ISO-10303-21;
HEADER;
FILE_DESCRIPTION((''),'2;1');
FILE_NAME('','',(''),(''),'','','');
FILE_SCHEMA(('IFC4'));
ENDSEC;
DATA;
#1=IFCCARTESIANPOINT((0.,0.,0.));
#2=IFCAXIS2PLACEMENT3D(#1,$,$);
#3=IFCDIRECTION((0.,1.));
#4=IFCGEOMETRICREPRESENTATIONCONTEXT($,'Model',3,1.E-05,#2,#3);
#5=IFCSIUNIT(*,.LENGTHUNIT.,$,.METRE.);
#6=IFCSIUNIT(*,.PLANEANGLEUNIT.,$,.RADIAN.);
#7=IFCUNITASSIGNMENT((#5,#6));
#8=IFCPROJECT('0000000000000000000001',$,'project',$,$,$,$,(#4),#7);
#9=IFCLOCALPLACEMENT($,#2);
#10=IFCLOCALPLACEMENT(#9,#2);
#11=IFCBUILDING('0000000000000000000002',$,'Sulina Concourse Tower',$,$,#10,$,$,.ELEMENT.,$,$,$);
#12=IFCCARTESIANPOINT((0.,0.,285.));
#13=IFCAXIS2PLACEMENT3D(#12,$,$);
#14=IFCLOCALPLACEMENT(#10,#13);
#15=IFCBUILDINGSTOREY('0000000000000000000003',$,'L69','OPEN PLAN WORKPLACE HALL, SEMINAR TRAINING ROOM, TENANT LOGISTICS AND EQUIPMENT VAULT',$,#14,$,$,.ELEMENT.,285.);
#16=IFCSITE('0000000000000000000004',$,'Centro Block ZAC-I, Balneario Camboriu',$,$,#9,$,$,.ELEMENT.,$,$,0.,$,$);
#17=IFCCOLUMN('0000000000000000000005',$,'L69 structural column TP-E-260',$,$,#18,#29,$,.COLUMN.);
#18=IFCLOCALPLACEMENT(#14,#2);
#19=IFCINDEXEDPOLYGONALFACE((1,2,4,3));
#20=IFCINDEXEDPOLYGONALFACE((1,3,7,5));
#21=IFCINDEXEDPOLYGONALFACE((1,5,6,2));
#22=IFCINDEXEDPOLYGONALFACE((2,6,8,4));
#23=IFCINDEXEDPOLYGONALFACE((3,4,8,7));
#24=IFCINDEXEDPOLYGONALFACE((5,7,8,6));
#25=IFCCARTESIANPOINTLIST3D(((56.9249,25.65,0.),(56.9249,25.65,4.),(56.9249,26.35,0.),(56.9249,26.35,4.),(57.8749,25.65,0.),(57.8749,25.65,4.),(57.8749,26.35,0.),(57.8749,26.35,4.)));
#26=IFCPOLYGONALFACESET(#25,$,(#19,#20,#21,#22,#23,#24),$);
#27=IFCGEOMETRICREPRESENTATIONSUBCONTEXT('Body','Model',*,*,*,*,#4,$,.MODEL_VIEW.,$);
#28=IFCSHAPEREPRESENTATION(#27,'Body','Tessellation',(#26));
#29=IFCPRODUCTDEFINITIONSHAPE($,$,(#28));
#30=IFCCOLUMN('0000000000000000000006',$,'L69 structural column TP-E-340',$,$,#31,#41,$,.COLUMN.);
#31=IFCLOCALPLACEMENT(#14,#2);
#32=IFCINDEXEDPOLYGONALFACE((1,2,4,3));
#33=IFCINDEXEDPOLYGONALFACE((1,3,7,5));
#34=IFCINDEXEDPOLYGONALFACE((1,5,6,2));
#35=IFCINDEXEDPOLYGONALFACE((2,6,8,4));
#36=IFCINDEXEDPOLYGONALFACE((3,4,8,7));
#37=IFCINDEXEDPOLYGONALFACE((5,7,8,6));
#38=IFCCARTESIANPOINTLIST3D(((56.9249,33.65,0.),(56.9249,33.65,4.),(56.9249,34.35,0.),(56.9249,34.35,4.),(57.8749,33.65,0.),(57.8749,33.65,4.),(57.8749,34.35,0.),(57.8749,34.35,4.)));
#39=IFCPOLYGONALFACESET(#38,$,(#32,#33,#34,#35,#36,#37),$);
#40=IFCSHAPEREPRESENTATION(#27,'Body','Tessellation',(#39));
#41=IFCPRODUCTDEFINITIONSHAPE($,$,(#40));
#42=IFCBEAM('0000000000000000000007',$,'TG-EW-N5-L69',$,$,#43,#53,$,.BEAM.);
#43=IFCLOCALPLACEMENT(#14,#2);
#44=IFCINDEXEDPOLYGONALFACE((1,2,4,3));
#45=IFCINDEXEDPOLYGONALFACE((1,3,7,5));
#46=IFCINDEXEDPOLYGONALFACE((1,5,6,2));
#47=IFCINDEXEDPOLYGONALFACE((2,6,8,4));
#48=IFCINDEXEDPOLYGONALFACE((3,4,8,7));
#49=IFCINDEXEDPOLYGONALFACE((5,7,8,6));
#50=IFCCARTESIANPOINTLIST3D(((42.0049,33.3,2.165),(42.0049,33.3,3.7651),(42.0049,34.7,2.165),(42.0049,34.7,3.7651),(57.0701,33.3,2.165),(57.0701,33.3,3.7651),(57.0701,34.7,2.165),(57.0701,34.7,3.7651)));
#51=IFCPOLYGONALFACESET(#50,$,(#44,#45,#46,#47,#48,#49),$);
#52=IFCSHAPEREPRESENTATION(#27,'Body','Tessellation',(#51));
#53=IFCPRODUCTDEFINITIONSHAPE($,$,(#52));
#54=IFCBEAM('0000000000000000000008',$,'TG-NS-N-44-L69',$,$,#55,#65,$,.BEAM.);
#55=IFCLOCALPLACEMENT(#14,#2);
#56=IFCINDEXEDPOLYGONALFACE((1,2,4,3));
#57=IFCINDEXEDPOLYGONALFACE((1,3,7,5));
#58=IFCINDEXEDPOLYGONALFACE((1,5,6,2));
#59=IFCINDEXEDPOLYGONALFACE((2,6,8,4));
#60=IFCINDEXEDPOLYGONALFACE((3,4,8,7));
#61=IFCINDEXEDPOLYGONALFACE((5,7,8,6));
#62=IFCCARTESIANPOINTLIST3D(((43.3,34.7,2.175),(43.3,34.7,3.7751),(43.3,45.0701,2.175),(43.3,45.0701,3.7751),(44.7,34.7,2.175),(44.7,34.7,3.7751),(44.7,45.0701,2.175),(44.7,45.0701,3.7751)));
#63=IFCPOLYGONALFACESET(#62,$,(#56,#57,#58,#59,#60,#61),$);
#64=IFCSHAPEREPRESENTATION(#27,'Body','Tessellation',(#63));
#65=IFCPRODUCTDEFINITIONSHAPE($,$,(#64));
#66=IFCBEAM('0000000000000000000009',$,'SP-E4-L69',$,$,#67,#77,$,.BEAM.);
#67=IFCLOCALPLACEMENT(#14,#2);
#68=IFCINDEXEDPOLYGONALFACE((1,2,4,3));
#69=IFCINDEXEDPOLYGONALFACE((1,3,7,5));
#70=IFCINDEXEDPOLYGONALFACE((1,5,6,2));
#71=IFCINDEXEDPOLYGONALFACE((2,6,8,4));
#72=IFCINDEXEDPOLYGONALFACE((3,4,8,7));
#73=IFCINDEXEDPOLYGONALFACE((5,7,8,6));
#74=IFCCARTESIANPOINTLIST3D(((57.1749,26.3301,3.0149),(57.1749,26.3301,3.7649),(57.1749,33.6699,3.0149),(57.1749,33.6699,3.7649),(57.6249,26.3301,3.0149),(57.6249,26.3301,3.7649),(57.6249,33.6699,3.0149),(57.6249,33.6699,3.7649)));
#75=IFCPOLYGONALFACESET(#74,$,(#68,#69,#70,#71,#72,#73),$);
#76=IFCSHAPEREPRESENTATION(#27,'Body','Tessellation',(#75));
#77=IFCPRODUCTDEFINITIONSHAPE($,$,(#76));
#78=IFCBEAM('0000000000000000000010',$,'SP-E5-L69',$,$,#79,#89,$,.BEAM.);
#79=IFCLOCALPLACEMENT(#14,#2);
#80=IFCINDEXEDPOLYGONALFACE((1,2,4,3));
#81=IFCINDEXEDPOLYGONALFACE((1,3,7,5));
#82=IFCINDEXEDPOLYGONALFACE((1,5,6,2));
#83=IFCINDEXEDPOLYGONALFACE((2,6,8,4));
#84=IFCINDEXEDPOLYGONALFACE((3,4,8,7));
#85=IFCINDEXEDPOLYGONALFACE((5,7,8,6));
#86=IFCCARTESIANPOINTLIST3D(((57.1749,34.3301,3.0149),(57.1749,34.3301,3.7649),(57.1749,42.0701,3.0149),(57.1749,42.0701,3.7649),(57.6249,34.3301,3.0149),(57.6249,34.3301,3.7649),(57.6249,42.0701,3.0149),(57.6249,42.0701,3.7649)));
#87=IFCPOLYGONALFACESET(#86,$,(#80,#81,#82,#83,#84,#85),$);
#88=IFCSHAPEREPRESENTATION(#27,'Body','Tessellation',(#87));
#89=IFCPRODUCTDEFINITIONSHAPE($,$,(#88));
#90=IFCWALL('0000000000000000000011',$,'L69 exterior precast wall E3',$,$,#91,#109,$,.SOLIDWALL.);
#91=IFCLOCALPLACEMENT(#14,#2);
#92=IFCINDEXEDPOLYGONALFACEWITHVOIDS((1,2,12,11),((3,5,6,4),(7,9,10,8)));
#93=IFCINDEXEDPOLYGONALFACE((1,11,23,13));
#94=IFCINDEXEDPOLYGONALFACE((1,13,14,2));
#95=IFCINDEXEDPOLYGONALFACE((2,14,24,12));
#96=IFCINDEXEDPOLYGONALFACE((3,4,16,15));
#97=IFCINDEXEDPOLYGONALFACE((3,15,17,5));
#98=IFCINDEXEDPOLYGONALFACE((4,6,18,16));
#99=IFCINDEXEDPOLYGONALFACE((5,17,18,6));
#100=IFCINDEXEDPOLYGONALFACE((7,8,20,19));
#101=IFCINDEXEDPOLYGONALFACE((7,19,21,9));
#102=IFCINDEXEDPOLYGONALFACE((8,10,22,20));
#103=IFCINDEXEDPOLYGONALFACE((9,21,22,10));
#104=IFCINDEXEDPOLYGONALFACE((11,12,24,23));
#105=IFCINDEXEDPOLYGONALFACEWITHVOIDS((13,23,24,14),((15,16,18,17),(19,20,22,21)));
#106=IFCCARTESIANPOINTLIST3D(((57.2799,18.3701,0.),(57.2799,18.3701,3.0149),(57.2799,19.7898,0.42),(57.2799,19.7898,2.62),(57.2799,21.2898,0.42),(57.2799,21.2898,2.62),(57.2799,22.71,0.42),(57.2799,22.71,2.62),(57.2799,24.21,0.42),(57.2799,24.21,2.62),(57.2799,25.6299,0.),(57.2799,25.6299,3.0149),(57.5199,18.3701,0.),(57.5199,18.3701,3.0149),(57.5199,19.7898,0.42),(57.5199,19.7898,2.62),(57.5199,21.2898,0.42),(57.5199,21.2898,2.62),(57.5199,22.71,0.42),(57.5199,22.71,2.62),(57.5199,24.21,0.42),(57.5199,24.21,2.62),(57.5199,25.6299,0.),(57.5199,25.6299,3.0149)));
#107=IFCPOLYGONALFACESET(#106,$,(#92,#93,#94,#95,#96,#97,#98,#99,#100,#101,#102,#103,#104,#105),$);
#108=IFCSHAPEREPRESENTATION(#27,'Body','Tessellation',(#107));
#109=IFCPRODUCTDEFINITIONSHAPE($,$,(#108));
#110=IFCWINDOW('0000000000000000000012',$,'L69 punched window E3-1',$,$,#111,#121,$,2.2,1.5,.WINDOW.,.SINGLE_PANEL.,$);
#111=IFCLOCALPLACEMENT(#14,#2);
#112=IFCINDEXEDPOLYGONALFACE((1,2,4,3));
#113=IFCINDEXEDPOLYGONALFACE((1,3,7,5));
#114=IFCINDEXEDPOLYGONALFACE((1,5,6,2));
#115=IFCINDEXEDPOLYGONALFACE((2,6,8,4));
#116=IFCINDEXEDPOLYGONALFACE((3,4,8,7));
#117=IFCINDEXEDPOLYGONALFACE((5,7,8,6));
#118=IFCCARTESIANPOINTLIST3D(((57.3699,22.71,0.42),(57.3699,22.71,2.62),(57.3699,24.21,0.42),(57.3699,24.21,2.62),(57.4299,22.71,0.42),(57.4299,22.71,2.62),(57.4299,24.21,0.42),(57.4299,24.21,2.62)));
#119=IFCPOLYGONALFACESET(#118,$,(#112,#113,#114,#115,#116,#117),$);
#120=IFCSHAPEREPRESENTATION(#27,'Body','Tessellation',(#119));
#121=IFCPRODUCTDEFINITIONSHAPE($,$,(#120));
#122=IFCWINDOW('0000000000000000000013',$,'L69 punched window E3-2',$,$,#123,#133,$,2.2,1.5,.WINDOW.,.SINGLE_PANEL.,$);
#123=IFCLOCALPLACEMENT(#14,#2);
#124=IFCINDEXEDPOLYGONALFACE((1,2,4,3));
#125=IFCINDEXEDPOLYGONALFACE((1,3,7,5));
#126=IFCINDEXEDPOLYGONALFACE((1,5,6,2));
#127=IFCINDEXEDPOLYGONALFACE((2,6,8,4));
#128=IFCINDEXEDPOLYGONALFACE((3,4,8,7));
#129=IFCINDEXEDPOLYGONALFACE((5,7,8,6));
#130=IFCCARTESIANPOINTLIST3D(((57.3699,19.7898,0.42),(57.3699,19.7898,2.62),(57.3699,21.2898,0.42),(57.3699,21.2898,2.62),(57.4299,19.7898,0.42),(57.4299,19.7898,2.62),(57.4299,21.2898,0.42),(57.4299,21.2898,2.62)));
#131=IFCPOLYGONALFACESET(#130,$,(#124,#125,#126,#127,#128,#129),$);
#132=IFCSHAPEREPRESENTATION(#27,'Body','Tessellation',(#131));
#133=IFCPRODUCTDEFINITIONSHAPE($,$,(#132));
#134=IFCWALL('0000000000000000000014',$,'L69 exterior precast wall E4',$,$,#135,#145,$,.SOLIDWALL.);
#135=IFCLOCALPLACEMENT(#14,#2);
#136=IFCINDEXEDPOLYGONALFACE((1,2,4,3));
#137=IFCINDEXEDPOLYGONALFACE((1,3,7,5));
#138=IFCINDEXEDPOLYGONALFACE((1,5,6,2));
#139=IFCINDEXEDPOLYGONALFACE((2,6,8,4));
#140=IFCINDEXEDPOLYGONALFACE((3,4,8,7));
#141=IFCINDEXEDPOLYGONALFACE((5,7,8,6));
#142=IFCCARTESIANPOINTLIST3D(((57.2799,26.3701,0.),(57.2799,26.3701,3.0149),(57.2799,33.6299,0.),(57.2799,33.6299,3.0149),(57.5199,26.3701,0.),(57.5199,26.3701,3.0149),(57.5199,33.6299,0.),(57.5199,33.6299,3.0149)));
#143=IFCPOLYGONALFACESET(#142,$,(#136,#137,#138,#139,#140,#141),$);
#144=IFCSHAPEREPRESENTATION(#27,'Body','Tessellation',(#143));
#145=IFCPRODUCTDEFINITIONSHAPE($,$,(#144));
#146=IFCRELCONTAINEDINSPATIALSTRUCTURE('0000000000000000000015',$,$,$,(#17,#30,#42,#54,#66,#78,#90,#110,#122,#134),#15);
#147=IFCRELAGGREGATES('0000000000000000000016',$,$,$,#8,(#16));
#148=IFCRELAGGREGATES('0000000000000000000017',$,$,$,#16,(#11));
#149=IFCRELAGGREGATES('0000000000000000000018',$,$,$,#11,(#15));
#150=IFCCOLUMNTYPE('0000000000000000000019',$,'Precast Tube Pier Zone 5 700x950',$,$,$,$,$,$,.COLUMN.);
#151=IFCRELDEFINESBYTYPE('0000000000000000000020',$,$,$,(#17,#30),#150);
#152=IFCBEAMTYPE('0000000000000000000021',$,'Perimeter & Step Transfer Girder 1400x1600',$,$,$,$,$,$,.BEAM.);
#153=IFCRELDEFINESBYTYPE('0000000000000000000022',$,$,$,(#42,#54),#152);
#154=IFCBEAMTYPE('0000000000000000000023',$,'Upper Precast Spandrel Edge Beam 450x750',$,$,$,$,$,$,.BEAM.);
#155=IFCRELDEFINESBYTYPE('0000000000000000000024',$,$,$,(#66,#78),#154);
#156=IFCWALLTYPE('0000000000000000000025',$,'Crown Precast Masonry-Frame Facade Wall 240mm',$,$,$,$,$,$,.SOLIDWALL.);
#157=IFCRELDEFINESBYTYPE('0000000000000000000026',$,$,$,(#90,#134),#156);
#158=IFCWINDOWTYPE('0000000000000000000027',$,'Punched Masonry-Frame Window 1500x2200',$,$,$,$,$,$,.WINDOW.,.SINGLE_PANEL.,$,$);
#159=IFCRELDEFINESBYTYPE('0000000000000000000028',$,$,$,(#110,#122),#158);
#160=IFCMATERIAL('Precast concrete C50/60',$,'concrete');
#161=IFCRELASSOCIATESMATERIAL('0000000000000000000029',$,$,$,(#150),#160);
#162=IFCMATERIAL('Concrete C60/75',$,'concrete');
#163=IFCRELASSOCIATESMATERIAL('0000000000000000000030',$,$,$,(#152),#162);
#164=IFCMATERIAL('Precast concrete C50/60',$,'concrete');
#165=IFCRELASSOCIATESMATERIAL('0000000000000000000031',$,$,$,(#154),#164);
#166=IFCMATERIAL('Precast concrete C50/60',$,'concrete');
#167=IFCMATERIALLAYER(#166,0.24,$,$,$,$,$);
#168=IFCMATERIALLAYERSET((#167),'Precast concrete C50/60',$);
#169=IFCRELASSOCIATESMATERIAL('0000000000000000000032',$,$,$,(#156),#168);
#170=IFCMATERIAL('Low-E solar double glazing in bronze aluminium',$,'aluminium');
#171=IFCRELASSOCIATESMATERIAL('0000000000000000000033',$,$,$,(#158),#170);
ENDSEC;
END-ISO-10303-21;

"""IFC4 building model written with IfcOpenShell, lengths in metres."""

from ifc_helpers import new_model, si_unit, direction, frame, frame_2d, origin, origin_2d, place, context, subcontext, project, spatial, rectangle, extrude, material, layer, layer_set, material_profile, profile_set, type_object, element, fill, save


model = new_model("IFC4")

# Units and contexts
model_context = context("Model", 3, precision=1e-05, world=origin(), true_north=direction((0.0, 1.0)))
body_context = subcontext(model_context, "Body", "Model", "MODEL_VIEW")
ifc_project = project(units=[si_unit("LENGTHUNIT", "METRE"), si_unit("PLANEANGLEUNIT", "RADIAN")], contexts=[model_context])

# Site, building, storey
site_placement = place(None, origin())
site = spatial("IfcSite", under=ifc_project, at=site_placement, Name="Centro Block ZAC-I, Balneario Camboriu", CompositionType="ELEMENT", RefElevation=0.0)
building_placement = place(site_placement, origin())
building = spatial("IfcBuilding", under=site, at=building_placement, Name="Sulina Concourse Tower", CompositionType="ELEMENT")
storey_placement = place(building_placement, frame((0.0, 0.0, 285.0)))
storey = spatial("IfcBuildingStorey", under=building, at=storey_placement, Name="L69", Description="OPEN PLAN WORKPLACE HALL, SEMINAR TRAINING ROOM, TENANT LOGISTICS AND EQUIPMENT VAULT", CompositionType="ELEMENT", Elevation=285.0)

# Columns
ifc_material_1 = material(Name="Precast concrete C50/60", Category="concrete")
ifc_material_profile_1 = material_profile(ifc_material_1, rectangle(XDim=0.7, YDim=0.95, at=origin_2d()), Name="PC 700x950")
ifc_profile_set_1 = profile_set([ifc_material_profile_1], Name="Precast concrete C50/60")
column_type = type_object("IfcColumnType", Name="Precast Tube Pier Zone 5 700x950", PredefinedType="COLUMN", material=ifc_profile_set_1)
for number, where, z_axis, x_axis, name in (
    (1, (57.3999, 26.0, 0.0), (0.0, 0.0, 1.0), (0.0, 1.0, 0.0), "L69 structural column TP-E-260"),
    (2, (57.3999, 34.0, 0.0), (0.0, 0.0, 1.0), (0.0, 1.0, 0.0), "L69 structural column TP-E-340"),
):
    element("IfcColumn", number, at=place(storey_placement, frame(where, z_axis=z_axis, x_axis=x_axis)), inside=storey, type_object=column_type, Name=name, PredefinedType="COLUMN", context=body_context, shape_type="SweptSolid", body=[
        extrude(rectangle(XDim=0.7, YDim=0.95, at=origin_2d()), origin(), (0.0, 0.0, 1.0), 4.0),
    ])

# Beams
ifc_material_2 = material(Name="Concrete C60/75", Category="concrete")
ifc_material_profile_2 = material_profile(ifc_material_2, rectangle(XDim=1.3999, YDim=1.6001, at=origin_2d()), Name="RC 1400x1600")
ifc_profile_set_2 = profile_set([ifc_material_profile_2], Name="Concrete C60/75")
beam_type_1 = type_object("IfcBeamType", Name="Perimeter & Step Transfer Girder 1400x1600", PredefinedType="BEAM", material=ifc_profile_set_2)
beam_1_placement = place(storey_placement, frame((42.0049, 34.0, 2.9651), z_axis=(1.0, 0.0, 0.0), x_axis=(0.0, 1.0, 0.0)))
element("IfcBeam", 3, at=beam_1_placement, inside=storey, type_object=beam_type_1, Name="TG-EW-N5-L69", PredefinedType="BEAM", context=body_context, shape_type="SweptSolid", body=[
    extrude(rectangle(XDim=1.3999, YDim=1.6001, at=origin_2d()), origin(), (0.0, 0.0, 1.0), 15.0652),
])
beam_2_placement = place(storey_placement, frame((44.0, 34.7, 2.9751), z_axis=(0.0, 1.0, 0.0), x_axis=(-1.0, 0.0, 0.0)))
element("IfcBeam", 4, at=beam_2_placement, inside=storey, type_object=beam_type_1, Name="TG-NS-N-44-L69", PredefinedType="BEAM", context=body_context, shape_type="SweptSolid", body=[
    extrude(rectangle(XDim=1.3999, YDim=1.6001, at=origin_2d()), origin(), (0.0, 0.0, 1.0), 10.3701),
])
ifc_material_3 = material(Name="Precast concrete C50/60", Category="concrete")
ifc_material_profile_3 = material_profile(ifc_material_3, rectangle(XDim=0.45, YDim=0.75, at=origin_2d()), Name="RC 450x750")
ifc_profile_set_3 = profile_set([ifc_material_profile_3], Name="Precast concrete C50/60")
beam_type_2 = type_object("IfcBeamType", Name="Upper Precast Spandrel Edge Beam 450x750", PredefinedType="BEAM", material=ifc_profile_set_3)
beam_3_placement = place(storey_placement, frame((57.3999, 26.3301, 3.3899), z_axis=(0.0, 1.0, 0.0), x_axis=(-1.0, 0.0, 0.0)))
element("IfcBeam", 5, at=beam_3_placement, inside=storey, type_object=beam_type_2, Name="SP-E4-L69", PredefinedType="BEAM", context=body_context, shape_type="SweptSolid", body=[
    extrude(rectangle(XDim=0.45, YDim=0.75, at=origin_2d()), origin(), (0.0, 0.0, 1.0), 7.3398),
])
beam_4_placement = place(storey_placement, frame((57.3999, 34.3301, 3.3899), z_axis=(0.0, 1.0, 0.0), x_axis=(-1.0, 0.0, 0.0)))
element("IfcBeam", 6, at=beam_4_placement, inside=storey, type_object=beam_type_2, Name="SP-E5-L69", PredefinedType="BEAM", context=body_context, shape_type="SweptSolid", body=[
    extrude(rectangle(XDim=0.45, YDim=0.75, at=origin_2d()), origin(), (0.0, 0.0, 1.0), 7.74),
])

# Wall, openings, windows
ifc_material_4 = material(Name="Precast concrete C50/60", Category="concrete")
ifc_layer_1 = layer(ifc_material_4, 0.24)
ifc_layer_set_1 = layer_set([ifc_layer_1], Name="Precast concrete C50/60")
wall_type_1 = type_object("IfcWallType", Name="Crown Precast Masonry-Frame Facade Wall 240mm", PredefinedType="SOLIDWALL", material=ifc_layer_set_1)
wall_1_placement = place(storey_placement, frame((57.3999, 25.6299, 0.0), z_axis=(0.0, 0.0, 1.0), x_axis=(0.0, -1.0, 0.0)))
wall_1 = element("IfcWall", 7, at=wall_1_placement, inside=storey, type_object=wall_type_1, Name="L69 exterior precast wall E3", PredefinedType="SOLIDWALL", context=body_context, shape_type="SweptSolid", body=[
    extrude(rectangle(XDim=7.2598, YDim=0.24, at=frame_2d((3.6299, 0.0))), origin(), (0.0, 0.0, 1.0), 3.0149),
])
opening_1_placement = place(wall_1_placement, frame((1.4199, 0.0, 0.4199)))
opening_1 = element("IfcOpeningElement", 8, at=opening_1_placement, cuts=wall_1, PredefinedType="OPENING", context=body_context, shape_type="SweptSolid", body=[
    extrude(rectangle(XDim=1.5, YDim=2.2, at=frame_2d((0.75, 1.1001))), frame((0.0, 0.1299, 0.0), z_axis=(0.0, -1.0, 0.0), x_axis=(1.0, 0.0, 0.0)), (0.0, 0.0, 1.0), 0.26),
])
opening_2_placement = place(wall_1_placement, frame((4.3401, 0.0, 0.4199)))
opening_2 = element("IfcOpeningElement", 9, at=opening_2_placement, cuts=wall_1, PredefinedType="OPENING", context=body_context, shape_type="SweptSolid", body=[
    extrude(rectangle(XDim=1.5, YDim=2.2, at=frame_2d((0.75, 1.1001))), frame((0.0, 0.1299, 0.0), z_axis=(0.0, -1.0, 0.0), x_axis=(1.0, 0.0, 0.0)), (0.0, 0.0, 1.0), 0.26),
])
ifc_material_5 = material(Name="Low-E solar double glazing in bronze aluminium", Category="aluminium")
window_type = type_object("IfcWindowType", Name="Punched Masonry-Frame Window 1500x2200", PartitioningType="SINGLE_PANEL", PredefinedType="WINDOW", material=ifc_material_5)
window_1_placement = place(opening_1_placement, origin())
window_1 = element("IfcWindow", 10, at=window_1_placement, inside=storey, type_object=window_type, Name="L69 punched window E3-1", OverallHeight=2.2, OverallWidth=1.5, PartitioningType="SINGLE_PANEL", PredefinedType="WINDOW", context=body_context, shape_type="SweptSolid", body=[
    extrude(rectangle(XDim=1.5, YDim=2.2, at=frame_2d((0.75, 1.1001))), frame((0.0, 0.03, 0.0), z_axis=(0.0, -1.0, 0.0), x_axis=(1.0, 0.0, 0.0)), (0.0, 0.0, 1.0), 0.0601),
])
fill(opening_1, window_1)
window_2_placement = place(opening_2_placement, origin())
window_2 = element("IfcWindow", 11, at=window_2_placement, inside=storey, type_object=window_type, Name="L69 punched window E3-2", OverallHeight=2.2, OverallWidth=1.5, PartitioningType="SINGLE_PANEL", PredefinedType="WINDOW", context=body_context, shape_type="SweptSolid", body=[
    extrude(rectangle(XDim=1.5, YDim=2.2, at=frame_2d((0.75, 1.1001))), frame((0.0, 0.03, 0.0), z_axis=(0.0, -1.0, 0.0), x_axis=(1.0, 0.0, 0.0)), (0.0, 0.0, 1.0), 0.0601),
])
fill(opening_2, window_2)

# Wall
wall_2_placement = place(storey_placement, frame((57.3999, 33.6299, 0.0), z_axis=(0.0, 0.0, 1.0), x_axis=(0.0, -1.0, 0.0)))
element("IfcWall", 12, at=wall_2_placement, inside=storey, type_object=wall_type_1, Name="L69 exterior precast wall E4", PredefinedType="SOLIDWALL", context=body_context, shape_type="SweptSolid", body=[
    extrude(rectangle(XDim=7.2598, YDim=0.24, at=frame_2d((3.6299, 0.0))), origin(), (0.0, 0.0, 1.0), 3.0149),
])

save(model, "model.ifc")
